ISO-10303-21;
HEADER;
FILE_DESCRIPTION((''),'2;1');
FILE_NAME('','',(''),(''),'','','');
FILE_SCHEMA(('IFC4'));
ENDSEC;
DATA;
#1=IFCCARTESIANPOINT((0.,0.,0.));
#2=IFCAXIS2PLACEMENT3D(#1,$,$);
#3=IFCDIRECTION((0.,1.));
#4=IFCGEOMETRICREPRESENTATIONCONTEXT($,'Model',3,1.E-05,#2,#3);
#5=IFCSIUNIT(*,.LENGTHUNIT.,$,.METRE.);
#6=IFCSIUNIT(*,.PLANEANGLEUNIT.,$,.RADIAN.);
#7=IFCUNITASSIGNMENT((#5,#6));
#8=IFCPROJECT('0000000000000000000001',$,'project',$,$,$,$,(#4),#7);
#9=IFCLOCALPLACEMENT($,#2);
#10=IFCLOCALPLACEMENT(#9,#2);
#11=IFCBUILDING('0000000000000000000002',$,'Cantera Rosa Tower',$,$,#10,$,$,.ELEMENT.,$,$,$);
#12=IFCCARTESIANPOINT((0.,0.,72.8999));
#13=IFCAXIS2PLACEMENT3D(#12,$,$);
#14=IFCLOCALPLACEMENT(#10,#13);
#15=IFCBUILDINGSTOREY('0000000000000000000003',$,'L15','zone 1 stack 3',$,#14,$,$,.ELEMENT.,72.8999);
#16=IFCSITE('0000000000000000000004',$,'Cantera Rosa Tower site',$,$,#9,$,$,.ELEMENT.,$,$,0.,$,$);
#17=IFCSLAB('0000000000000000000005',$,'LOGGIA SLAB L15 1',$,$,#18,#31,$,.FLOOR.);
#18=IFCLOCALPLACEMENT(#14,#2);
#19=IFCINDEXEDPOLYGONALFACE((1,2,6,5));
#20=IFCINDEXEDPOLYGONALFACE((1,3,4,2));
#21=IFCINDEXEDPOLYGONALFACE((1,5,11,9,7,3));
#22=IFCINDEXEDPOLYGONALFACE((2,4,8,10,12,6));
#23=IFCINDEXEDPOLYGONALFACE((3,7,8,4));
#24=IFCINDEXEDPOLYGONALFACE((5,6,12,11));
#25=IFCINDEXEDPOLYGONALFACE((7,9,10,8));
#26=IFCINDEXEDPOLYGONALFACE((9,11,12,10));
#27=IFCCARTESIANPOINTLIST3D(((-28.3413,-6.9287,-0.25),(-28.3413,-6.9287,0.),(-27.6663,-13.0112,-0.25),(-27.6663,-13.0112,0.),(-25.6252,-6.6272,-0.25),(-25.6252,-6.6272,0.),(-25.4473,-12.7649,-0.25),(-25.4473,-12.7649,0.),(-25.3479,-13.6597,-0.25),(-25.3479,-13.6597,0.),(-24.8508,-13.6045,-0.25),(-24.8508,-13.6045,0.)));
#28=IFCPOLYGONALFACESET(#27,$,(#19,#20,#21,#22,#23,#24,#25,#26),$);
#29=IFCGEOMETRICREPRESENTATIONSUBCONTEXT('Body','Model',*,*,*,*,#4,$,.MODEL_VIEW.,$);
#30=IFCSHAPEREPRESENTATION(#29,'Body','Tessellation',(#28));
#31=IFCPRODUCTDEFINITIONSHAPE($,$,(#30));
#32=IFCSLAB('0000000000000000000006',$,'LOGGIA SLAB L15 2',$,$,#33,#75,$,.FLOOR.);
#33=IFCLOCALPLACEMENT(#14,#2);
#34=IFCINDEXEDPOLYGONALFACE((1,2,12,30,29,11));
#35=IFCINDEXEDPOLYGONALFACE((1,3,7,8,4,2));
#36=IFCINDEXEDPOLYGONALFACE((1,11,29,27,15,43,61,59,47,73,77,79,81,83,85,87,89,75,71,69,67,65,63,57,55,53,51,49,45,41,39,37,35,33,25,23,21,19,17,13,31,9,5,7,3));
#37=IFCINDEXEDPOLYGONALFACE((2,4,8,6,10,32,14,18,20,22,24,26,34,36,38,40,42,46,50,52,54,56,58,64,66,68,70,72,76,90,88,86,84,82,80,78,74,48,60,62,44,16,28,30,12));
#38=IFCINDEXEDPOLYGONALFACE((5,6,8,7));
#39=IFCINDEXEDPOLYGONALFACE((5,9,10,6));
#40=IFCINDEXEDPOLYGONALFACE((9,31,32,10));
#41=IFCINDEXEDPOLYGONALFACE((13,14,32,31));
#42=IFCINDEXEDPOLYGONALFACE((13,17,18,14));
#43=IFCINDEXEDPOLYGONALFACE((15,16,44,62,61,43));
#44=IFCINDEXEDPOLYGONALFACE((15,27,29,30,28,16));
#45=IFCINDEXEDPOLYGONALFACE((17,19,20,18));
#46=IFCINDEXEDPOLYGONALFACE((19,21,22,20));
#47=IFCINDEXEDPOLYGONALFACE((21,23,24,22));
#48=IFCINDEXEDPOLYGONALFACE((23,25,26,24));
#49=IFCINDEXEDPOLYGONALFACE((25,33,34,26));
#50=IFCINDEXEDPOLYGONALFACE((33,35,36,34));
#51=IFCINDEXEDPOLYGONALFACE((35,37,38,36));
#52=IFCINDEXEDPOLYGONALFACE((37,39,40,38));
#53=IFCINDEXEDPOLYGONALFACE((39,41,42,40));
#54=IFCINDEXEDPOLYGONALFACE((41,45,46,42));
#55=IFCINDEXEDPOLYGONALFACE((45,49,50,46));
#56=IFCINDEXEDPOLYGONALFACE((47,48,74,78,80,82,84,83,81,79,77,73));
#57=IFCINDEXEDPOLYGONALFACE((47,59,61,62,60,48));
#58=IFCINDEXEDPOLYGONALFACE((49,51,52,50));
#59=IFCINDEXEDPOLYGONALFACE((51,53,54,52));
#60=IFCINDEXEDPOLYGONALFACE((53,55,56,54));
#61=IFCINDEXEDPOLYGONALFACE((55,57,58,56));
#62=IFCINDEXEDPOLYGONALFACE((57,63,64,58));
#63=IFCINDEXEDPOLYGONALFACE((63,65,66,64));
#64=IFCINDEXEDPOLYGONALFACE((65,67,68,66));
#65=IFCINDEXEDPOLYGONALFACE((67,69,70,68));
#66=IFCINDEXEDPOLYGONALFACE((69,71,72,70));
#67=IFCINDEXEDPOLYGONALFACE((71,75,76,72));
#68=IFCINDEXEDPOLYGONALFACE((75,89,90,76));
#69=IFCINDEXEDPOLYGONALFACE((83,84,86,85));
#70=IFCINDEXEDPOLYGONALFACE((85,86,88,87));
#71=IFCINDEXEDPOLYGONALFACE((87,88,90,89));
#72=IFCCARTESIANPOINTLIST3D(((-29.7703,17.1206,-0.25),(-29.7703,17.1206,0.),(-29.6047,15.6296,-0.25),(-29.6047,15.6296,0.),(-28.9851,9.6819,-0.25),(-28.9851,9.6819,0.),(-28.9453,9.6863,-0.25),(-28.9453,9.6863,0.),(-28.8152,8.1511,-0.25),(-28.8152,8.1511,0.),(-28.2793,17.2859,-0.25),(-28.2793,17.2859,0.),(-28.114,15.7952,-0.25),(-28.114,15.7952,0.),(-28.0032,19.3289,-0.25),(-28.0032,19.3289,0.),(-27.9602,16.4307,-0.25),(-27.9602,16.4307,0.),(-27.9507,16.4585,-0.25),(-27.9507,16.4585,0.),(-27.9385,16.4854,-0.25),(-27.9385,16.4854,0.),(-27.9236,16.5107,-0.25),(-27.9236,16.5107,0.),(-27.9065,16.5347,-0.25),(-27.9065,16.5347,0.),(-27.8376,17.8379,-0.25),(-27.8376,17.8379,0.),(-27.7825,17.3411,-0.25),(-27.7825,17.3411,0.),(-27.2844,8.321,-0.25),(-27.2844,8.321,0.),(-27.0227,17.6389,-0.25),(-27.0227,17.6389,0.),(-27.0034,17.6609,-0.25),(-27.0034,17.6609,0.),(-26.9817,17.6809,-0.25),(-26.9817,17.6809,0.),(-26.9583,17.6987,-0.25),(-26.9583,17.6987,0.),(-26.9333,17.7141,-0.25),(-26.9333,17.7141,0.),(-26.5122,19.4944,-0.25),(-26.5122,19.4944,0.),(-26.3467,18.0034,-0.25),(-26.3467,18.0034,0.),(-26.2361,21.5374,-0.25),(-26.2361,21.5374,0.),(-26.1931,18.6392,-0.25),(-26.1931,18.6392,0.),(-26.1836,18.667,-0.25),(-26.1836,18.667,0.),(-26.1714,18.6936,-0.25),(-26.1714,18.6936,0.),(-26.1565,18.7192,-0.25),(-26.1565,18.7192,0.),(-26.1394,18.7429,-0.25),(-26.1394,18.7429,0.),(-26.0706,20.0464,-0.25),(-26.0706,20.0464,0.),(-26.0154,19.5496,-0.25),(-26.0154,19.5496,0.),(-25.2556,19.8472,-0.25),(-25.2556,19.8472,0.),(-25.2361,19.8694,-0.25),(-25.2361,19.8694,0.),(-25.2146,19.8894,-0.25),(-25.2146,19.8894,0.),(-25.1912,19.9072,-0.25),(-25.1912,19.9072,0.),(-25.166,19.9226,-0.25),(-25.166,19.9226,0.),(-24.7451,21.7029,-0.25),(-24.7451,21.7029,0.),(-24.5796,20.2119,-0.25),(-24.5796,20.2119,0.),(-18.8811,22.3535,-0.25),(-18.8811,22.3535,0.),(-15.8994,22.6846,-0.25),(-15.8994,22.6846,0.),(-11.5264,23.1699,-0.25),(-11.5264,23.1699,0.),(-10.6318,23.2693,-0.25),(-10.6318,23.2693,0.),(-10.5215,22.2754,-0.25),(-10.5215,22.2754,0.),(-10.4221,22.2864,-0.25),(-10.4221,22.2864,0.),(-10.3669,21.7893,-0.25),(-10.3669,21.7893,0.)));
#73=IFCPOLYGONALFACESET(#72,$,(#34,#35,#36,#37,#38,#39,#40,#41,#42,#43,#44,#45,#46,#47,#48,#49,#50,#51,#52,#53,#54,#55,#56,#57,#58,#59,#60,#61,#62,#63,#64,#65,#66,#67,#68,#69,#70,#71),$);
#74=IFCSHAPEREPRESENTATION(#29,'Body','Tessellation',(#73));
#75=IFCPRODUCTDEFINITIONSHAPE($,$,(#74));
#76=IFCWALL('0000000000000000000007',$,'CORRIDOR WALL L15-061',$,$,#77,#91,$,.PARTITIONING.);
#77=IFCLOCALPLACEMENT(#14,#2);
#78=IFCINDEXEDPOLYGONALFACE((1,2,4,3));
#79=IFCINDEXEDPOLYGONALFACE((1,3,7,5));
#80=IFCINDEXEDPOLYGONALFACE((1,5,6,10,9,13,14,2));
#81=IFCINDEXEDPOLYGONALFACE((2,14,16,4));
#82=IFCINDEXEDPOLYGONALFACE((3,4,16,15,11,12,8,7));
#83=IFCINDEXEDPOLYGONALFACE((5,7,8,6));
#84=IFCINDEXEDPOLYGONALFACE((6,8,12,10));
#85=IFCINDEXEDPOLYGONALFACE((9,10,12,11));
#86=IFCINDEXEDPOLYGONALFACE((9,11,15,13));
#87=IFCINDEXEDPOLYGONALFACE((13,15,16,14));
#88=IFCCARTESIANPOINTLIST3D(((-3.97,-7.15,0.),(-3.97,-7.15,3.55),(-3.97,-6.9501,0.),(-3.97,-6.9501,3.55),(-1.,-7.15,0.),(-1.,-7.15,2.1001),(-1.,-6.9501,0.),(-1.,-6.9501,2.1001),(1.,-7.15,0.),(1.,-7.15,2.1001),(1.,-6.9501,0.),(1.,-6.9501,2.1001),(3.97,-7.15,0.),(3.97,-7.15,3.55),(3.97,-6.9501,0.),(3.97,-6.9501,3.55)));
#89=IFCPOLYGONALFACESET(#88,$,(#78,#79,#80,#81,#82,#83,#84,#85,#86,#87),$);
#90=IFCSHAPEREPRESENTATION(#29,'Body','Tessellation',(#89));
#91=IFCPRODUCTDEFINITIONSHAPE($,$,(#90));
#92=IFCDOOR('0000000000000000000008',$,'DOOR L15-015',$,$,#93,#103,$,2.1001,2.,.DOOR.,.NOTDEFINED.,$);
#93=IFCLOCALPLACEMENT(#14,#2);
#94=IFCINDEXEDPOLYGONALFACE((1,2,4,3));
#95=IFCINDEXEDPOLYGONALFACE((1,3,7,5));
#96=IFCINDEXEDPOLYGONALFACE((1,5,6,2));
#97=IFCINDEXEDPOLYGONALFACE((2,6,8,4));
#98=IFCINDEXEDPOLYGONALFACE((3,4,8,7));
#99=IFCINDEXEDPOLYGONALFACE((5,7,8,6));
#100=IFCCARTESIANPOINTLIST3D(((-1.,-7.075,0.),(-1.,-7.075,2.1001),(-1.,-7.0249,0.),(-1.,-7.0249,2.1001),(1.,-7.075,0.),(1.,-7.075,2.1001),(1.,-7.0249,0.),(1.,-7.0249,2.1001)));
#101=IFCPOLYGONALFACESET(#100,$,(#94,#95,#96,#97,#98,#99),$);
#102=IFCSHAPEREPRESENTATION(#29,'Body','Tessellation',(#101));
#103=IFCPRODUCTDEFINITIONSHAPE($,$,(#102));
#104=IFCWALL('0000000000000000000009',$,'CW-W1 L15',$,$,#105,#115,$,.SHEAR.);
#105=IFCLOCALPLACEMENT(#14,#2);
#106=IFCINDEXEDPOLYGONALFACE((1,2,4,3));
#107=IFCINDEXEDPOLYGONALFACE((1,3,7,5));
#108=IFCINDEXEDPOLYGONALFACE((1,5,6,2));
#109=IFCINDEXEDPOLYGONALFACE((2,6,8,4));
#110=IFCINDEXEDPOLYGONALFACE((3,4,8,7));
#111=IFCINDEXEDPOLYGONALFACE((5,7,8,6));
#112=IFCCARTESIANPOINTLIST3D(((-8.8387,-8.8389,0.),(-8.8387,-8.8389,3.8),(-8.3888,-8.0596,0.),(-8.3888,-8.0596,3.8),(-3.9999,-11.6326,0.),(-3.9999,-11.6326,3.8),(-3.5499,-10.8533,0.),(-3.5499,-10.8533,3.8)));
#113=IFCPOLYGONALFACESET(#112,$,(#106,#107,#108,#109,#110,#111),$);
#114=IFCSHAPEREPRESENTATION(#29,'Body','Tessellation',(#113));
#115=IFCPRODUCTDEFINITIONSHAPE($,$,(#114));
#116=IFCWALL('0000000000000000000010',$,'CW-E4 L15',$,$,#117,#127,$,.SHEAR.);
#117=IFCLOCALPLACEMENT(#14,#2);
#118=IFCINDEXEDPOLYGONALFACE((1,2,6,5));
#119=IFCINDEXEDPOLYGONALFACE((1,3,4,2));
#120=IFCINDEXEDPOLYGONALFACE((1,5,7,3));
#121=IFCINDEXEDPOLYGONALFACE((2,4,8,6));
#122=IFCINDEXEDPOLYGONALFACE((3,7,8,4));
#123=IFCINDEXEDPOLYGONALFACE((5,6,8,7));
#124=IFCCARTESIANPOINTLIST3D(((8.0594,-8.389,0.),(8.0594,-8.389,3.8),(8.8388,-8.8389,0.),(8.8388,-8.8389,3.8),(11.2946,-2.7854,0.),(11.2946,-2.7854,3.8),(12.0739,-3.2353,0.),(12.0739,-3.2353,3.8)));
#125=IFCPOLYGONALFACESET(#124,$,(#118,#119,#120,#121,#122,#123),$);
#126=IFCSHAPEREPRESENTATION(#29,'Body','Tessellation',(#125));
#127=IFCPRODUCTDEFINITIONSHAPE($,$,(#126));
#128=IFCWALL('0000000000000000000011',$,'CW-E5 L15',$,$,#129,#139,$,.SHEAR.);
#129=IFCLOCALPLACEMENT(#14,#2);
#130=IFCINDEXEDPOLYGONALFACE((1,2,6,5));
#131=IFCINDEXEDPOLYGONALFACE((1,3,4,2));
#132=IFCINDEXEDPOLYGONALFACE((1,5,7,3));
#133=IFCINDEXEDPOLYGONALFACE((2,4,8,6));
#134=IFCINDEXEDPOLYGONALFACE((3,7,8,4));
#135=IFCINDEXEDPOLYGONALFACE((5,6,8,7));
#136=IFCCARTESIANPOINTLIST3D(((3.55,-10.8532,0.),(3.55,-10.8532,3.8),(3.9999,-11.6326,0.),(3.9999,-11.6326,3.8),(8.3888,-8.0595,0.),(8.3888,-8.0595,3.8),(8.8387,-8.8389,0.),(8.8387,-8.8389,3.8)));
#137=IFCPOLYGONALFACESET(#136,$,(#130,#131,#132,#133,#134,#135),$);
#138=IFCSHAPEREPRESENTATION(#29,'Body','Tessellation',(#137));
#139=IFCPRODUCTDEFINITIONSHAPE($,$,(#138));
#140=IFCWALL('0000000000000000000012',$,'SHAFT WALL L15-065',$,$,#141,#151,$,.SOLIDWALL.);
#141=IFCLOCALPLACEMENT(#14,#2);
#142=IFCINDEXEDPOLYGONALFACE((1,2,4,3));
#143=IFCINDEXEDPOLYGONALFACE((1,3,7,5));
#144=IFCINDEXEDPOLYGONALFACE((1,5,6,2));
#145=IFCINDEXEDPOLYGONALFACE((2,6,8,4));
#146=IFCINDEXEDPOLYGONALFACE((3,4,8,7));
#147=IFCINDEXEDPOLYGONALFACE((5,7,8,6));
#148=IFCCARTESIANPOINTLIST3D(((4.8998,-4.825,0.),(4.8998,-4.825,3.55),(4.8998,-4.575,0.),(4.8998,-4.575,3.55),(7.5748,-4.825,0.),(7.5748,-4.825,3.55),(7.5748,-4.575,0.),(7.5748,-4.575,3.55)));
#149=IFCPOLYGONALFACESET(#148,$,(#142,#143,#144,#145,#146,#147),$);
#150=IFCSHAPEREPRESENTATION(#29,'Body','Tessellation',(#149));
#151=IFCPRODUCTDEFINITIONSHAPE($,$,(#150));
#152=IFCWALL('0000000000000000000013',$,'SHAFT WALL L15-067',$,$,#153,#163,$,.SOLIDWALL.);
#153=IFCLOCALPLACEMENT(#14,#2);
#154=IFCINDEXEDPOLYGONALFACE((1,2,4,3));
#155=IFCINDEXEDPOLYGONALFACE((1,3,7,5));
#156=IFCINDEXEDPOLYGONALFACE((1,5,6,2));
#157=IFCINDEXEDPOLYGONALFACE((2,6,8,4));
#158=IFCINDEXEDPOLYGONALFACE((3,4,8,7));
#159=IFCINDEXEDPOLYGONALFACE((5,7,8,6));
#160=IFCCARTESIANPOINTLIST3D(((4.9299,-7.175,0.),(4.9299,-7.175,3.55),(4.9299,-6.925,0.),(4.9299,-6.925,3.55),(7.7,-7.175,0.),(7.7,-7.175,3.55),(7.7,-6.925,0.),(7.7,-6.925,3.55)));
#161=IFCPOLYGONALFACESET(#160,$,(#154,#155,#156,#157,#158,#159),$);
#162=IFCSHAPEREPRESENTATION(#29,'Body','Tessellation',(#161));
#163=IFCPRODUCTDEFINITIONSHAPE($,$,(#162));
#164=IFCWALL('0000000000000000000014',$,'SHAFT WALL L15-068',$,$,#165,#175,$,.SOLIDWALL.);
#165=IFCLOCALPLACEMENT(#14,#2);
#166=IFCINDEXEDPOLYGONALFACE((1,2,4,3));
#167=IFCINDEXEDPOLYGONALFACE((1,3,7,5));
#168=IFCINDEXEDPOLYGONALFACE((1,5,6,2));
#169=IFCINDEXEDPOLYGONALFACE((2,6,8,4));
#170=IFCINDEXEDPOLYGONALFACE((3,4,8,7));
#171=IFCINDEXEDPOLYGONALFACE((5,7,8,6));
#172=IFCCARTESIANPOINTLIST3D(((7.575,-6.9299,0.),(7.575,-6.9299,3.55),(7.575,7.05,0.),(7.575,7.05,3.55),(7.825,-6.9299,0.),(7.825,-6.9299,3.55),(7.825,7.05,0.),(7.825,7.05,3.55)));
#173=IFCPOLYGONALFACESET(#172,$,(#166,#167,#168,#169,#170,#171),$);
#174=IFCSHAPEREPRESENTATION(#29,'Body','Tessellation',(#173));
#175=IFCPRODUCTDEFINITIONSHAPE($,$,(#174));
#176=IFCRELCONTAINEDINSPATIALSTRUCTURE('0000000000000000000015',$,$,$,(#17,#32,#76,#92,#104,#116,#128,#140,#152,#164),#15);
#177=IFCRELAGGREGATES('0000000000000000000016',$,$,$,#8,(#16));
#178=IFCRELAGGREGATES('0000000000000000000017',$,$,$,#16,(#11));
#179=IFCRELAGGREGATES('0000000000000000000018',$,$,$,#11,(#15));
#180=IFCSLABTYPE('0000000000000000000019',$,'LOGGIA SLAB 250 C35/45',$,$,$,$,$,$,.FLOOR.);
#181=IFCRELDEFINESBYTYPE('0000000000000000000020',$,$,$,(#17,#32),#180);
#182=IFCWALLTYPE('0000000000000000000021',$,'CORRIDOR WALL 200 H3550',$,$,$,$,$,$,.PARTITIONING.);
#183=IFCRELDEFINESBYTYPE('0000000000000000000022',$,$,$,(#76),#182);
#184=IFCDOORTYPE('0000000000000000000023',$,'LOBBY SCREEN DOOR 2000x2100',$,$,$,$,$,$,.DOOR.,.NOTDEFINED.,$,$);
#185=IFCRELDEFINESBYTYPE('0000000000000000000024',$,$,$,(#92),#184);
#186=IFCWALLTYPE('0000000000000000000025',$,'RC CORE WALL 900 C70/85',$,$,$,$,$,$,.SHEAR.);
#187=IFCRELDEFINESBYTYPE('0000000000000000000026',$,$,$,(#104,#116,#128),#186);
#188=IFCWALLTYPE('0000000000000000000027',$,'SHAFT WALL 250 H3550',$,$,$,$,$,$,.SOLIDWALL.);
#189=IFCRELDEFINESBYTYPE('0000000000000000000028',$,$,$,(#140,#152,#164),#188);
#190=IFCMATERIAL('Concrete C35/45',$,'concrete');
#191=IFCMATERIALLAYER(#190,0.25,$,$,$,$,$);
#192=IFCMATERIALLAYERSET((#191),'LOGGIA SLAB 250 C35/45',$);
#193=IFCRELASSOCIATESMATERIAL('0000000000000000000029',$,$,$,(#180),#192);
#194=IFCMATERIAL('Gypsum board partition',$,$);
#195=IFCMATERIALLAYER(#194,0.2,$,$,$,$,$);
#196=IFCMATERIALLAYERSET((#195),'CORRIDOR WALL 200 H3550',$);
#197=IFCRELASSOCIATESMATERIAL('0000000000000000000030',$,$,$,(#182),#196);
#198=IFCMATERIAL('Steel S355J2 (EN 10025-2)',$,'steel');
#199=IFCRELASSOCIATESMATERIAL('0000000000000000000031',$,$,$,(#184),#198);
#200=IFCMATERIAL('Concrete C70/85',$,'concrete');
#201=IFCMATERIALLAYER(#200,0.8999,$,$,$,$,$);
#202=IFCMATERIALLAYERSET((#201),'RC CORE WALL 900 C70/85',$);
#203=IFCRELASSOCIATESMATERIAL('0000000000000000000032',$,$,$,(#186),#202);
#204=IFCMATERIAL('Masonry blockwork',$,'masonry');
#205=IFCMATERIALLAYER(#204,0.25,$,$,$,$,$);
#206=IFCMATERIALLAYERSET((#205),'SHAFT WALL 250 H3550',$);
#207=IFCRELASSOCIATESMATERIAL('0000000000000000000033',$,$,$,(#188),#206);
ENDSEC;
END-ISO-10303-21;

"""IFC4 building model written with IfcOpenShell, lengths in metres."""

from ifc_helpers import new_model, si_unit, direction, frame, frame_2d, origin, place, context, subcontext, project, spatial, polyline, rectangle, outline, extrude, material, layer, layer_set, type_object, element, fill, save


model = new_model("IFC4")

# Units and contexts
model_context = context("Model", 3, precision=1e-05, world=origin(), true_north=direction((0.0, 1.0)))
body_context = subcontext(model_context, "Body", "Model", "MODEL_VIEW")
ifc_project = project(units=[si_unit("LENGTHUNIT", "METRE"), si_unit("PLANEANGLEUNIT", "RADIAN")], contexts=[model_context])

# Site, building, storey
site_placement = place(None, origin())
site = spatial("IfcSite", under=ifc_project, at=site_placement, Name="Cantera Rosa Tower site", CompositionType="ELEMENT", RefElevation=0.0)
building_placement = place(site_placement, origin())
building = spatial("IfcBuilding", under=site, at=building_placement, Name="Cantera Rosa Tower", CompositionType="ELEMENT")
storey_placement = place(building_placement, frame((0.0, 0.0, 72.8999)))
storey = spatial("IfcBuildingStorey", under=building, at=storey_placement, Name="L15", Description="zone 1 stack 3", CompositionType="ELEMENT", Elevation=72.8999)

# Slabs
ifc_material_1 = material(Name="Concrete C35/45", Category="concrete")
ifc_layer_1 = layer(ifc_material_1, 0.25)
ifc_layer_set_1 = layer_set([ifc_layer_1], Name="LOGGIA SLAB 250 C35/45")
slab_type_1 = type_object("IfcSlabType", Name="LOGGIA SLAB 250 C35/45", PredefinedType="FLOOR", material=ifc_layer_set_1)
slab_1_placement = place(storey_placement, frame((0.0, 0.0, -0.25)))
element("IfcSlab", 1, at=slab_1_placement, inside=storey, type_object=slab_type_1, Name="LOGGIA SLAB L15 1", PredefinedType="FLOOR", context=body_context, shape_type="SweptSolid", body=[
    extrude(outline(polyline([(-25.3479, -13.6597), (-25.4473, -12.7649), (-27.6663, -13.0112), (-28.3413, -6.9287), (-25.6252, -6.6272), (-24.8508, -13.6045), (-25.3479, -13.6597)])), origin(), (0.0, 0.0, 1.0), 0.25),
])
slab_2_placement = place(storey_placement, frame((0.0, 0.0, -0.25)))
element("IfcSlab", 2, at=slab_2_placement, inside=storey, type_object=slab_type_1, Name="LOGGIA SLAB L15 2", PredefinedType="FLOOR", context=body_context, shape_type="SweptSolid", body=[
    extrude(outline(polyline([(-28.9453, 9.6863), (-29.6047, 15.6296), (-29.7703, 17.1206), (-28.2793, 17.2859), (-27.7825, 17.3411), (-27.8376, 17.8379), (-28.0032, 19.3289), (-26.5122, 19.4944), (-26.0154, 19.5496), (-26.0706, 20.0464), (-26.2361, 21.5374), (-24.7451, 21.7029), (-18.8811, 22.3535), (-15.8994, 22.6846), (-11.5264, 23.1699), (-10.6318, 23.2693), (-10.5215, 22.2754), (-10.4221, 22.2864), (-10.3669, 21.7893), (-24.5796, 20.2119), (-25.166, 19.9226), (-25.1912, 19.9072), (-25.2146, 19.8894), (-25.2361, 19.8694), (-25.2556, 19.8472), (-26.1394, 18.7429), (-26.1565, 18.7192), (-26.1714, 18.6936), (-26.1836, 18.667), (-26.1931, 18.6392), (-26.3467, 18.0034), (-26.9333, 17.7141), (-26.9583, 17.6987), (-26.9817, 17.6809), (-27.0034, 17.6609), (-27.0227, 17.6389), (-27.9065, 16.5347), (-27.9236, 16.5107), (-27.9385, 16.4854), (-27.9507, 16.4585), (-27.9602, 16.4307), (-28.114, 15.7952), (-27.2844, 8.321), (-28.8152, 8.1511), (-28.9851, 9.6819), (-28.9453, 9.6863)])), origin(), (0.0, 0.0, 1.0), 0.25),
])

# Wall, opening, door
ifc_material_2 = material(Name="Gypsum board partition")
ifc_layer_2 = layer(ifc_material_2, 0.2)
ifc_layer_set_2 = layer_set([ifc_layer_2], Name="CORRIDOR WALL 200 H3550")
wall_type_1 = type_object("IfcWallType", Name="CORRIDOR WALL 200 H3550", PredefinedType="PARTITIONING", material=ifc_layer_set_2)
wall_1_placement = place(storey_placement, frame((3.97, -7.05, 0.0), z_axis=(0.0, 0.0, 1.0), x_axis=(-1.0, 0.0, 0.0)))
wall_1 = element("IfcWall", 3, at=wall_1_placement, inside=storey, type_object=wall_type_1, Name="CORRIDOR WALL L15-061", PredefinedType="PARTITIONING", context=body_context, shape_type="SweptSolid", body=[
    extrude(rectangle(XDim=7.9399, YDim=0.2, at=frame_2d((3.97, 0.0))), origin(), (0.0, 0.0, 1.0), 3.55),
])
opening_1_placement = place(wall_1_placement, frame((2.97, 0.0, 0.0)))
opening_1 = element("IfcOpeningElement", 4, at=opening_1_placement, cuts=wall_1, PredefinedType="OPENING", context=body_context, shape_type="SweptSolid", body=[
    extrude(rectangle(XDim=2.0, YDim=2.1001, at=frame_2d((1.0, 1.05))), frame((0.0, 0.1099, 0.0), z_axis=(0.0, -1.0, 0.0), x_axis=(1.0, 0.0, 0.0)), (0.0, 0.0, 1.0), 0.22),
])
ifc_material_3 = material(Name="Steel S355J2 (EN 10025-2)", Category="steel")
door_type_1 = type_object("IfcDoorType", Name="LOBBY SCREEN DOOR 2000x2100", OperationType="NOTDEFINED", PredefinedType="DOOR", material=ifc_material_3)
door_1_placement = place(opening_1_placement, origin())
door_1 = element("IfcDoor", 5, at=door_1_placement, inside=storey, type_object=door_type_1, Name="DOOR L15-015", OperationType="NOTDEFINED", OverallHeight=2.1001, OverallWidth=2.0, PredefinedType="DOOR", context=body_context, shape_type="SweptSolid", body=[
    extrude(rectangle(XDim=2.0, YDim=2.1001, at=frame_2d((1.0, 1.05))), frame((0.0, 0.0249, 0.0), z_axis=(0.0, -1.0, 0.0), x_axis=(1.0, 0.0, 0.0)), (0.0, 0.0, 1.0), 0.05),
])
fill(opening_1, door_1)

# Walls
ifc_material_4 = material(Name="Concrete C70/85", Category="concrete")
ifc_layer_3 = layer(ifc_material_4, 0.8999)
ifc_layer_set_3 = layer_set([ifc_layer_3], Name="RC CORE WALL 900 C70/85")
wall_type_2 = type_object("IfcWallType", Name="RC CORE WALL 900 C70/85", PredefinedType="SHEAR", material=ifc_layer_set_3)
wall_2_placement = place(storey_placement, frame((-3.7749, -11.2429, 0.0), z_axis=(0.0, 0.0, 1.0), x_axis=(-0.866027, 0.499997, 0.0)))
element("IfcWall", 6, at=wall_2_placement, inside=storey, type_object=wall_type_2, Name="CW-W1 L15", PredefinedType="SHEAR", context=body_context, shape_type="SweptSolid", body=[
    extrude(rectangle(XDim=5.5874, YDim=0.8999, at=frame_2d((2.7937, 0.0))), origin(), (0.0, 0.0, 1.0), 3.8),
])
wall_3_placement = place(storey_placement, frame((11.6843, -3.0103, 0.0), z_axis=(0.0, 0.0, 1.0), x_axis=(-0.49999, -0.866031, 0.0)))
element("IfcWall", 7, at=wall_3_placement, inside=storey, type_object=wall_type_2, Name="CW-E4 L15", PredefinedType="SHEAR", context=body_context, shape_type="SweptSolid", body=[
    extrude(rectangle(XDim=6.4705, YDim=0.8999, at=frame_2d((3.2354, 0.0))), origin(), (0.0, 0.0, 1.0), 3.8),
])
wall_4_placement = place(storey_placement, frame((8.6138, -8.4492, 0.0), z_axis=(0.0, 0.0, 1.0), x_axis=(-0.866027, -0.499997, 0.0)))
element("IfcWall", 8, at=wall_4_placement, inside=storey, type_object=wall_type_2, Name="CW-E5 L15", PredefinedType="SHEAR", context=body_context, shape_type="SweptSolid", body=[
    extrude(rectangle(XDim=5.5874, YDim=0.8999, at=frame_2d((2.7937, 0.0))), origin(), (0.0, 0.0, 1.0), 3.8),
])
ifc_material_5 = material(Name="Masonry blockwork", Category="masonry")
ifc_layer_4 = layer(ifc_material_5, 0.25)
ifc_layer_set_4 = layer_set([ifc_layer_4], Name="SHAFT WALL 250 H3550")
wall_type_3 = type_object("IfcWallType", Name="SHAFT WALL 250 H3550", PredefinedType="SOLIDWALL", material=ifc_layer_set_4)
wall_5_placement = place(storey_placement, frame((4.8999, -4.7, 0.0), z_axis=(0.0, 0.0, 1.0), x_axis=(1.0, 0.0, 0.0)))
element("IfcWall", 9, at=wall_5_placement, inside=storey, type_object=wall_type_3, Name="SHAFT WALL L15-065", PredefinedType="SOLIDWALL", context=body_context, shape_type="SweptSolid", body=[
    extrude(rectangle(XDim=2.675, YDim=0.25, at=frame_2d((1.3374, 0.0))), origin(), (0.0, 0.0, 1.0), 3.55),
])
wall_6_placement = place(storey_placement, frame((4.9299, -7.05, 0.0), z_axis=(0.0, 0.0, 1.0), x_axis=(1.0, 0.0, 0.0)))
element("IfcWall", 10, at=wall_6_placement, inside=storey, type_object=wall_type_3, Name="SHAFT WALL L15-067", PredefinedType="SOLIDWALL", context=body_context, shape_type="SweptSolid", body=[
    extrude(rectangle(XDim=2.77, YDim=0.25, at=frame_2d((1.385, 0.0))), origin(), (0.0, 0.0, 1.0), 3.55),
])
wall_7_placement = place(storey_placement, frame((7.7, -6.9299, 0.0), z_axis=(0.0, 0.0, 1.0), x_axis=(0.0, 1.0, 0.0)))
element("IfcWall", 11, at=wall_7_placement, inside=storey, type_object=wall_type_3, Name="SHAFT WALL L15-068", PredefinedType="SOLIDWALL", context=body_context, shape_type="SweptSolid", body=[
    extrude(rectangle(XDim=13.98, YDim=0.25, at=frame_2d((6.99, 0.0))), origin(), (0.0, 0.0, 1.0), 3.55),
])

save(model, "model.ifc")
